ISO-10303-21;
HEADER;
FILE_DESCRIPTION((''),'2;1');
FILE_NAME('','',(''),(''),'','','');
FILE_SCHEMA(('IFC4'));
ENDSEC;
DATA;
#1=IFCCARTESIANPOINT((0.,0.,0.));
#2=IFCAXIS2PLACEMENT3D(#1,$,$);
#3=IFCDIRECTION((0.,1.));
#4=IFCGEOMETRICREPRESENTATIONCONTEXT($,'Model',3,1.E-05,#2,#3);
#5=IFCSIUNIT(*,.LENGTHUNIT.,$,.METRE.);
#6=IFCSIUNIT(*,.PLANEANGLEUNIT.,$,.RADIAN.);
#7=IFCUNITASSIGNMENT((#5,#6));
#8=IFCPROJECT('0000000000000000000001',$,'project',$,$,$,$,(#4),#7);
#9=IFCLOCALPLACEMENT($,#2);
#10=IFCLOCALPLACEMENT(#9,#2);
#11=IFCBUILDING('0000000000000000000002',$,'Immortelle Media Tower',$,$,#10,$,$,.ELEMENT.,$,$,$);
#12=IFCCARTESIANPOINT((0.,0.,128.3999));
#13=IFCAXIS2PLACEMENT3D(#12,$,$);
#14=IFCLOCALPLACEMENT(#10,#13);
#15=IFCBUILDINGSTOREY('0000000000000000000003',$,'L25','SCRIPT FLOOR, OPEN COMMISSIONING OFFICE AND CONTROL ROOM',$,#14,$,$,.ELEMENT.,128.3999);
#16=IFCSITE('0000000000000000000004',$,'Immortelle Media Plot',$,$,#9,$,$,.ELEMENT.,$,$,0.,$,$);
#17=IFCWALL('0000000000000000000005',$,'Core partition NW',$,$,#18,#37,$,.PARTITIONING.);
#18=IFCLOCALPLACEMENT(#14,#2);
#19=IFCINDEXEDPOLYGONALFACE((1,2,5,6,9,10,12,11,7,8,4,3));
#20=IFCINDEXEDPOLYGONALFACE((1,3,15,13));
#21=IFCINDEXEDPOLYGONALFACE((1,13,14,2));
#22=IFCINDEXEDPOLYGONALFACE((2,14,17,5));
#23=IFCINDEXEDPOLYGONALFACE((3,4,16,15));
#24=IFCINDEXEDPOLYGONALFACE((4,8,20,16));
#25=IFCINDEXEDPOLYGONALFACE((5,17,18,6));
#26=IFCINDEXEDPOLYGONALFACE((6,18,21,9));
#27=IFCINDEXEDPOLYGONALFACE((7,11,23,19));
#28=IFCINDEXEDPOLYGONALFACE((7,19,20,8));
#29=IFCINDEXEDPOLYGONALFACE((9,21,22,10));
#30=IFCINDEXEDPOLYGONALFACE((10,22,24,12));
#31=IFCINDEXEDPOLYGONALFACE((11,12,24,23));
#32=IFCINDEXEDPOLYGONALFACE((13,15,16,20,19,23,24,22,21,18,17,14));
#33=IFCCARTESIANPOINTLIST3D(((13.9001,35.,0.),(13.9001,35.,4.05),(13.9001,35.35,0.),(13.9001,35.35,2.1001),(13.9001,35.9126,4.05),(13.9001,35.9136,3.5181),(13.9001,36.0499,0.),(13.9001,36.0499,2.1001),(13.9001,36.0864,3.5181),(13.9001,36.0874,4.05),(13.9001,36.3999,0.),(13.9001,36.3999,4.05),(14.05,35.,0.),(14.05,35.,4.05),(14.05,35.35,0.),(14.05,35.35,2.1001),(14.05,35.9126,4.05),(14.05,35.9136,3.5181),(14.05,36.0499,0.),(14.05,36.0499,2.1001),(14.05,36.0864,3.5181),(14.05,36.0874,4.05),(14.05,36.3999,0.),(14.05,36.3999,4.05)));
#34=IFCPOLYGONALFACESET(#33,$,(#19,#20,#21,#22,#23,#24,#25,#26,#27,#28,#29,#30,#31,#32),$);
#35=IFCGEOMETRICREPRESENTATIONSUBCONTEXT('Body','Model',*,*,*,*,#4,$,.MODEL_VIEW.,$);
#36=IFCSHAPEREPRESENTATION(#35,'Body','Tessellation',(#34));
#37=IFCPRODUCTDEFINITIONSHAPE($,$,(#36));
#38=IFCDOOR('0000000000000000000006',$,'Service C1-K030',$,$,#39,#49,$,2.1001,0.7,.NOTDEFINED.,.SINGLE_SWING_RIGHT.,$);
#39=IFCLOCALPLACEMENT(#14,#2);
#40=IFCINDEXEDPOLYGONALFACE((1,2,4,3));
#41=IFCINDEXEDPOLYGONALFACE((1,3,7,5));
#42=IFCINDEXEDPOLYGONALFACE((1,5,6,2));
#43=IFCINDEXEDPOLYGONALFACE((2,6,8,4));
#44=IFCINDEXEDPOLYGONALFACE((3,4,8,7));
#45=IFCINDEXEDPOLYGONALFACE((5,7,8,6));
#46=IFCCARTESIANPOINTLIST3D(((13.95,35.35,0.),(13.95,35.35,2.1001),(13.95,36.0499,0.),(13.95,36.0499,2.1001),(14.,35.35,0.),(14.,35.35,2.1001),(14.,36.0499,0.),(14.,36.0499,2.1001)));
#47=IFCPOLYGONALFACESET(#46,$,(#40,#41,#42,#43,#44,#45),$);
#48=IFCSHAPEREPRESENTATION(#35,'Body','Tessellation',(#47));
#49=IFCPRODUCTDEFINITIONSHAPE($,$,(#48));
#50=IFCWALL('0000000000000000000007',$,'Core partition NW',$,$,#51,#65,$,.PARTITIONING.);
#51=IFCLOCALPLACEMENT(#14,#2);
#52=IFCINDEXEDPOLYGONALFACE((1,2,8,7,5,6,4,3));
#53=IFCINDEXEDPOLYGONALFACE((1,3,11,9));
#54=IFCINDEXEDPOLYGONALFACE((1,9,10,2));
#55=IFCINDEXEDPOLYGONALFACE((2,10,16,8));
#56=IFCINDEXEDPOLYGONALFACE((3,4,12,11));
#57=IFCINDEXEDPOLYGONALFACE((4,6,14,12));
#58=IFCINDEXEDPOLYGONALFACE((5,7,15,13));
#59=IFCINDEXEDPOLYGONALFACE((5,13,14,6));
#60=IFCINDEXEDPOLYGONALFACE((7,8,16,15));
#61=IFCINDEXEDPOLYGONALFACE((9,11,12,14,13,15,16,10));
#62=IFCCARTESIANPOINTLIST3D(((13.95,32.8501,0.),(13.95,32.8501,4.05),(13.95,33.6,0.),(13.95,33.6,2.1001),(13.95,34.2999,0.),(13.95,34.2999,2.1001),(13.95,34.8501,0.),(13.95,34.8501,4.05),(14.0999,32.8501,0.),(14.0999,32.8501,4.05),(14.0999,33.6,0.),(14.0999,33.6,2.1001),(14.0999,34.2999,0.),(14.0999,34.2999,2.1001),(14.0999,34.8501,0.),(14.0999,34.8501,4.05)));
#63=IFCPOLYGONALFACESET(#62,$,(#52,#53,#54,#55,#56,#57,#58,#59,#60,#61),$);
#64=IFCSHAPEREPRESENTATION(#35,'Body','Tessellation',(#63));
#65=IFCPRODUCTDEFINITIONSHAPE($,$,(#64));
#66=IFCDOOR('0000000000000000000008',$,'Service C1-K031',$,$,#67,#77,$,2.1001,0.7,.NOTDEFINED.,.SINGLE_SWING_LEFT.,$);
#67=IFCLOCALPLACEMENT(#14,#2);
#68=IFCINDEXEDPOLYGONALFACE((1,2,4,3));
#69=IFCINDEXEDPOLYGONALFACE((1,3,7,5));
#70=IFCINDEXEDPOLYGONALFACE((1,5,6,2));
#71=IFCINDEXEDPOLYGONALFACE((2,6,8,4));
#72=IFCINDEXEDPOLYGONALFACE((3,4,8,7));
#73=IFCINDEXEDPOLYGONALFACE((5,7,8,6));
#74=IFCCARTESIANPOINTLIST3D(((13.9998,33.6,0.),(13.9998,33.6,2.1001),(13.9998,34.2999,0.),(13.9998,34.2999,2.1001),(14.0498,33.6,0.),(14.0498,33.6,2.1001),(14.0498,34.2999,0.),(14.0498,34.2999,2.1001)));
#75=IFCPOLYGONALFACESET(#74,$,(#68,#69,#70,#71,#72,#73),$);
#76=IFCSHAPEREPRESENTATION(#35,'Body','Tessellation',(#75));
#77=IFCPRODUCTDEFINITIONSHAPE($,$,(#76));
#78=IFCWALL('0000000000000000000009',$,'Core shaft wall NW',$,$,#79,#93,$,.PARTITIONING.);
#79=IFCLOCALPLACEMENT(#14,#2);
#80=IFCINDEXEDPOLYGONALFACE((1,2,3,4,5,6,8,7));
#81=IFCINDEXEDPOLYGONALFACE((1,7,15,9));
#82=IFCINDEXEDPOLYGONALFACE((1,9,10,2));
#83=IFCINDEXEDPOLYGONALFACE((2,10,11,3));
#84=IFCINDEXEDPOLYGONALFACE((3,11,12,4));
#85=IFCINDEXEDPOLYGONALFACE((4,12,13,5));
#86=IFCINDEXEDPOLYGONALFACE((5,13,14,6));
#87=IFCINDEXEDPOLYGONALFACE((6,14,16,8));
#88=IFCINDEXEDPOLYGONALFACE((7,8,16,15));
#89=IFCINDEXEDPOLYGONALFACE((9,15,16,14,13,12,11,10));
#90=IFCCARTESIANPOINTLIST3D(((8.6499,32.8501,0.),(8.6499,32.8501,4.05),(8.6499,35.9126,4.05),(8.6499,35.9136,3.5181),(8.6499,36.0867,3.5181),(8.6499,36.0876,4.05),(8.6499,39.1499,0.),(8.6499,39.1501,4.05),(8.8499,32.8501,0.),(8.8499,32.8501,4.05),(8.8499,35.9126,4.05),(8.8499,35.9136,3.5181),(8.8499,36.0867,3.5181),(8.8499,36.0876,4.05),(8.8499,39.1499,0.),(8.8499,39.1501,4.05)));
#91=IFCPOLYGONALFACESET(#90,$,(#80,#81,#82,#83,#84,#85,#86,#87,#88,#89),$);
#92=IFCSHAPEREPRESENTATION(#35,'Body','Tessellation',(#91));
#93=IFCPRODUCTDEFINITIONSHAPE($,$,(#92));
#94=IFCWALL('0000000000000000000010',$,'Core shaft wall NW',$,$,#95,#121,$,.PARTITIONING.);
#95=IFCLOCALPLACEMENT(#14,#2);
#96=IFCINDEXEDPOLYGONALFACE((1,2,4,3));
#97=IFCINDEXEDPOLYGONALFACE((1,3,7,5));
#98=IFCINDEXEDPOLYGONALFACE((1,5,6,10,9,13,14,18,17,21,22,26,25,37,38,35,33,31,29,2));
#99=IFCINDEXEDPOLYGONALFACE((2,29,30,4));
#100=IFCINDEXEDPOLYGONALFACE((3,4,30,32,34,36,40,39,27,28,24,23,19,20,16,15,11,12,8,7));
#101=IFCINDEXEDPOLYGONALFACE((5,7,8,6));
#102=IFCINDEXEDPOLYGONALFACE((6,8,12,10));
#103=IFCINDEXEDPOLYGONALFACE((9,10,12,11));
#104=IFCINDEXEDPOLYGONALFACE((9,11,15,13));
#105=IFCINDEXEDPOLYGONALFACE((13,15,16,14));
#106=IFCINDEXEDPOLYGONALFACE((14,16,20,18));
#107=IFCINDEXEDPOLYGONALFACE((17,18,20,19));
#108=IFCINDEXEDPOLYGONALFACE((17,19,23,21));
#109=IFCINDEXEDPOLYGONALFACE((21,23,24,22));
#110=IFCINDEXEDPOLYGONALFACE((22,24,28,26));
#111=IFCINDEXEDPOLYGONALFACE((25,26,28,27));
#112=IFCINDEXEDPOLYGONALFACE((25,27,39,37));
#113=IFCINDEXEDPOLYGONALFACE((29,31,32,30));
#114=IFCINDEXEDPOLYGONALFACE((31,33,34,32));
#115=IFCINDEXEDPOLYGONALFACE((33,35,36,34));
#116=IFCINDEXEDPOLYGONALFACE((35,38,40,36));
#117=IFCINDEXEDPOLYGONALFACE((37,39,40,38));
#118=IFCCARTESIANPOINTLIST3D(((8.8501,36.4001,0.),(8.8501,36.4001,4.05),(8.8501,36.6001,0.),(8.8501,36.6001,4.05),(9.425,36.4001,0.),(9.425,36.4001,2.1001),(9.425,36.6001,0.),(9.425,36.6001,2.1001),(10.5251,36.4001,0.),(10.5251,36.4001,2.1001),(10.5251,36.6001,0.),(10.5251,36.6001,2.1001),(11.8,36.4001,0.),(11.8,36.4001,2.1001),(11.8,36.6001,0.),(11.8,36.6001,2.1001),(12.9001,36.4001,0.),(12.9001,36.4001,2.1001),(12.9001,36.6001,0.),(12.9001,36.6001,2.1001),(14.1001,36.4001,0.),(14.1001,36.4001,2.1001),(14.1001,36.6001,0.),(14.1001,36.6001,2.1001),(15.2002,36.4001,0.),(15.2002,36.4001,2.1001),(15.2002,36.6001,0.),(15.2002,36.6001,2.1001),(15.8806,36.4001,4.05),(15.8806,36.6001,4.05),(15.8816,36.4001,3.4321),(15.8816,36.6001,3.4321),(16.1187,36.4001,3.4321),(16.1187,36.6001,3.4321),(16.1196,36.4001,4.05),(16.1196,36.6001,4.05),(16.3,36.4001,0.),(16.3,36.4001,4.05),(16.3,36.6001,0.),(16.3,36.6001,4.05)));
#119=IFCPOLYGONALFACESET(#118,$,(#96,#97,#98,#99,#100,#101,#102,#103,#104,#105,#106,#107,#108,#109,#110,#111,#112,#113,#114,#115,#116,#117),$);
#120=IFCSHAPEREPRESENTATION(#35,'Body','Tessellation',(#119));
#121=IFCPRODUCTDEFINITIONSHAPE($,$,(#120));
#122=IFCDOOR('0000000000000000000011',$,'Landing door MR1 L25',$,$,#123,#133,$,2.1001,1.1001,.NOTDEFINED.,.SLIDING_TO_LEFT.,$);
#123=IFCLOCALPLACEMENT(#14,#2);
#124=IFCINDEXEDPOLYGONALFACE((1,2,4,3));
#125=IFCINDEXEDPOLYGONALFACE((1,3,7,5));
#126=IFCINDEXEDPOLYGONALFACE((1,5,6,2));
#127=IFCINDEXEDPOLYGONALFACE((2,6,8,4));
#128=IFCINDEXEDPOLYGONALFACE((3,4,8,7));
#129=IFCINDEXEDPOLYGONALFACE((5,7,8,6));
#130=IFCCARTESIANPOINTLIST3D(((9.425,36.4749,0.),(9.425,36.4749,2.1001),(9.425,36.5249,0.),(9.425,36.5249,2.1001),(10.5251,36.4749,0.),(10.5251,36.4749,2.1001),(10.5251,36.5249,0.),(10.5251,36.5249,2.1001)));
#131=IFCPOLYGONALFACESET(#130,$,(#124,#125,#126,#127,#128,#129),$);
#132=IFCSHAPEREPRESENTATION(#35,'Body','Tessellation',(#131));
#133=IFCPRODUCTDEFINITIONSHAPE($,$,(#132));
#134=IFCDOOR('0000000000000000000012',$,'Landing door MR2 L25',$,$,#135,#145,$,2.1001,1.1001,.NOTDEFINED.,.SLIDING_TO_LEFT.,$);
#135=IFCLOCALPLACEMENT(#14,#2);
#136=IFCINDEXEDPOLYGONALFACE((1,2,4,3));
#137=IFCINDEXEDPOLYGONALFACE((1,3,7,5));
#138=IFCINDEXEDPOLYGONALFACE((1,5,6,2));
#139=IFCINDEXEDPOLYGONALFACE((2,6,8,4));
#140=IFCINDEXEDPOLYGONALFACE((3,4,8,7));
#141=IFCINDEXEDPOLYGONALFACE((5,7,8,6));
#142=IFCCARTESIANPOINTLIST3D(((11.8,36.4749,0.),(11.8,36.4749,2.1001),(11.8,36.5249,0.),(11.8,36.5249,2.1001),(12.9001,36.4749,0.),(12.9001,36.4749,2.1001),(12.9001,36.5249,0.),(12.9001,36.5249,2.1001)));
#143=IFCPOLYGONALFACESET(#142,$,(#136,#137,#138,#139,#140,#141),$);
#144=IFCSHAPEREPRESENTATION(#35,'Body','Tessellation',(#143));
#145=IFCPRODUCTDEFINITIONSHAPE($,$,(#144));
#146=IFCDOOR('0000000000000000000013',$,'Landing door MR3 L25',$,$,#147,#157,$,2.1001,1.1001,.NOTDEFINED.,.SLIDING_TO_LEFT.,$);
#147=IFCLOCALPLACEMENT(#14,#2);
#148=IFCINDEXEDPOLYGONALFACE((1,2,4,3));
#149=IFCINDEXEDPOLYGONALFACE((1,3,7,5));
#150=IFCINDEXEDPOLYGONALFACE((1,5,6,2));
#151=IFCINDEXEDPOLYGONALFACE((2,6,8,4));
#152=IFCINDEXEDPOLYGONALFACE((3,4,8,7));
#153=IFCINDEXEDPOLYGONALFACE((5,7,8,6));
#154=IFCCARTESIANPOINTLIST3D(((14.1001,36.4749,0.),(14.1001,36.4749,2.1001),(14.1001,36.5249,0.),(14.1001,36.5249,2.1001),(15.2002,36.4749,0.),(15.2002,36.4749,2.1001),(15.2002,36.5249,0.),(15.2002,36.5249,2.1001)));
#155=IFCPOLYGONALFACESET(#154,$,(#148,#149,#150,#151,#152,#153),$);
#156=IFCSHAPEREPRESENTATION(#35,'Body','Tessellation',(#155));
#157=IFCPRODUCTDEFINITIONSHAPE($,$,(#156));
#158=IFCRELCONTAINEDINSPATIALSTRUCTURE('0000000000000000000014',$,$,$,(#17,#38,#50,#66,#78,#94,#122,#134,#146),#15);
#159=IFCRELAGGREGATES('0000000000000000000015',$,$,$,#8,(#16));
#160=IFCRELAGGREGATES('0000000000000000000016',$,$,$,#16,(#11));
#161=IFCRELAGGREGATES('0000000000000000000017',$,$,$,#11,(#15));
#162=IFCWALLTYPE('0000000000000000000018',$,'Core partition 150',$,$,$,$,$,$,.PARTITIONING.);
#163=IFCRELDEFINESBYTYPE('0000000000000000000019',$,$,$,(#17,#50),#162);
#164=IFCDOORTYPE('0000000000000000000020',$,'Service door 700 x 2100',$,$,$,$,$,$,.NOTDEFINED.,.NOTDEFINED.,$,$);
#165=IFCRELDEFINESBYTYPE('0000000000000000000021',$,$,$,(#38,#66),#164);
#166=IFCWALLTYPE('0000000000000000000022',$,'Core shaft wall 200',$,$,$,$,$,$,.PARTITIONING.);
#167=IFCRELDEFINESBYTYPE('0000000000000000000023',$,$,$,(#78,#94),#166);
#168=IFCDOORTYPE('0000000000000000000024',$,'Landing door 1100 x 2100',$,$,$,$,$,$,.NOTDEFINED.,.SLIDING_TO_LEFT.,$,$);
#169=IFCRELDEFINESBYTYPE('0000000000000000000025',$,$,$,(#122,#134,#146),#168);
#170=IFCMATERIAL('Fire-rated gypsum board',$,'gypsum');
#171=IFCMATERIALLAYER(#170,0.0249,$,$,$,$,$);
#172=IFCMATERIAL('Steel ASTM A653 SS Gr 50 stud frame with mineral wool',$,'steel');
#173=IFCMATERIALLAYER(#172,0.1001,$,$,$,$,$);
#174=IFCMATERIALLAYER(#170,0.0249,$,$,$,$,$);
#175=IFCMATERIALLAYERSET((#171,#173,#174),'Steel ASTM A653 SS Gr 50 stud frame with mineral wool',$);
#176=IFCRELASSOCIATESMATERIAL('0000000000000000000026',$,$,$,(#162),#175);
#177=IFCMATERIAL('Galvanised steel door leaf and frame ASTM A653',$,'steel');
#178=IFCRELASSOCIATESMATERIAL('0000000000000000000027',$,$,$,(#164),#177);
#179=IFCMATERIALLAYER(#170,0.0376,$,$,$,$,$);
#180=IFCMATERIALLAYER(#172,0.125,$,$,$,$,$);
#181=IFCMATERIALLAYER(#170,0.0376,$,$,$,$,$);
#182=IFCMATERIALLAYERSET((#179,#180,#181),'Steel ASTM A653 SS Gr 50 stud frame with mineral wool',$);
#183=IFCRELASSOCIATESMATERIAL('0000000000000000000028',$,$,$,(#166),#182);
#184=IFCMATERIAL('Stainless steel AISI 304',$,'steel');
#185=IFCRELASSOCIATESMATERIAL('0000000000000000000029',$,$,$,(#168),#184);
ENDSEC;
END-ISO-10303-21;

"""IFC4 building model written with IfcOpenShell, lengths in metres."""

from ifc_helpers import new_model, si_unit, direction, frame, frame_2d, origin, place, context, subcontext, project, spatial, polyline, rectangle, outline, extrude, material, layer, layer_set, type_object, element, fill, save


model = new_model("IFC4")

# Units and contexts
model_context = context("Model", 3, precision=1e-05, world=origin(), true_north=direction((0.0, 1.0)))
body_context = subcontext(model_context, "Body", "Model", "MODEL_VIEW")
ifc_project = project(units=[si_unit("LENGTHUNIT", "METRE"), si_unit("PLANEANGLEUNIT", "RADIAN")], contexts=[model_context])

# Site, building, storey
site_placement = place(None, origin())
site = spatial("IfcSite", under=ifc_project, at=site_placement, Name="Immortelle Media Plot", CompositionType="ELEMENT", RefElevation=0.0)
building_placement = place(site_placement, origin())
building = spatial("IfcBuilding", under=site, at=building_placement, Name="Immortelle Media Tower", CompositionType="ELEMENT")
storey_placement = place(building_placement, frame((0.0, 0.0, 128.3999)))
storey = spatial("IfcBuildingStorey", under=building, at=storey_placement, Name="L25", Description="SCRIPT FLOOR, OPEN COMMISSIONING OFFICE AND CONTROL ROOM", CompositionType="ELEMENT", Elevation=128.3999)

# Shared definitions
ifc_material_1 = material(Name="Fire-rated gypsum board", Category="gypsum")
ifc_material_2 = material(Name="Steel ASTM A653 SS Gr 50 stud frame with mineral wool", Category="steel")
ifc_layer_1 = layer(ifc_material_1, 0.0249)
ifc_layer_2 = layer(ifc_material_2, 0.1001)
ifc_layer_3 = layer(ifc_material_1, 0.0249)
ifc_layer_set_1 = layer_set([ifc_layer_1, ifc_layer_2, ifc_layer_3], Name="Steel ASTM A653 SS Gr 50 stud frame with mineral wool")
wall_type_1 = type_object("IfcWallType", Name="Core partition 150", PredefinedType="PARTITIONING", material=ifc_layer_set_1)

# Shared definitions
ifc_material_3 = material(Name="Galvanised steel door leaf and frame ASTM A653", Category="steel")
door_type_1 = type_object("IfcDoorType", Name="Service door 700 x 2100", OperationType="NOTDEFINED", PredefinedType="NOTDEFINED", material=ifc_material_3)

# Walls, openings, doors
wall_1_placement = place(storey_placement, frame((13.9751, 35.0, 0.0), z_axis=(0.0, 0.0, 1.0), x_axis=(0.0, 1.0, 0.0)))
wall_1 = element("IfcWall", 1, at=wall_1_placement, inside=storey, type_object=wall_type_1, Name="Core partition NW", PredefinedType="PARTITIONING", context=body_context, shape_type="SweptSolid", body=[
    extrude(outline(polyline([(0.0, 0.0), (1.3999, 0.0), (1.3999, 4.05), (1.0874, 4.05), (1.0864, 3.5181), (0.9136, 3.5181), (0.9126, 4.05), (0.0, 4.05), (0.0, 0.0)])), frame((0.0, 0.075, 0.0), z_axis=(0.0, -1.0, 0.0), x_axis=(1.0, 0.0, 0.0)), (0.0, 0.0, 1.0), 0.1499),
])
opening_1_placement = place(wall_1_placement, frame((1.05, 0.0, 0.0), z_axis=(0.0, 0.0, 1.0), x_axis=(-1.0, 0.0, 0.0)))
opening_1 = element("IfcOpeningElement", 2, at=opening_1_placement, cuts=wall_1, PredefinedType="OPENING", context=body_context, shape_type="SweptSolid", body=[
    extrude(rectangle(XDim=0.7, YDim=2.1001, at=frame_2d((0.3501, 1.05))), frame((0.0, 0.085, 0.0), z_axis=(0.0, -1.0, 0.0), x_axis=(1.0, 0.0, 0.0)), (0.0, 0.0, 1.0), 0.1699),
])
door_1_placement = place(opening_1_placement, origin())
door_1 = element("IfcDoor", 3, at=door_1_placement, inside=storey, type_object=door_type_1, Name="Service C1-K030", OperationType="SINGLE_SWING_RIGHT", OverallHeight=2.1001, OverallWidth=0.7, PredefinedType="NOTDEFINED", context=body_context, shape_type="SweptSolid", body=[
    extrude(rectangle(XDim=0.7, YDim=2.1001, at=frame_2d((0.3501, 1.05))), frame((0.0, 0.0249, 0.0), z_axis=(0.0, -1.0, 0.0), x_axis=(1.0, 0.0, 0.0)), (0.0, 0.0, 1.0), 0.05),
])
fill(opening_1, door_1)
wall_2_placement = place(storey_placement, frame((14.0249, 32.8501, 0.0), z_axis=(0.0, 0.0, 1.0), x_axis=(0.0, 1.0, 0.0)))
wall_2 = element("IfcWall", 4, at=wall_2_placement, inside=storey, type_object=wall_type_1, Name="Core partition NW", PredefinedType="PARTITIONING", context=body_context, shape_type="SweptSolid", body=[
    extrude(rectangle(XDim=2.0, YDim=0.1499, at=frame_2d((1.0, 0.0))), origin(), (0.0, 0.0, 1.0), 4.05),
])
opening_2_placement = place(wall_2_placement, frame((1.45, 0.0, 0.0), z_axis=(0.0, 0.0, 1.0), x_axis=(-1.0, 0.0, 0.0)))
opening_2 = element("IfcOpeningElement", 5, at=opening_2_placement, cuts=wall_2, PredefinedType="OPENING", context=body_context, shape_type="SweptSolid", body=[
    extrude(rectangle(XDim=0.7, YDim=2.1001, at=frame_2d((0.3501, 1.05))), frame((0.0, 0.085, 0.0), z_axis=(0.0, -1.0, 0.0), x_axis=(1.0, 0.0, 0.0)), (0.0, 0.0, 1.0), 0.1699),
])
door_2_placement = place(opening_2_placement, origin())
door_2 = element("IfcDoor", 6, at=door_2_placement, inside=storey, type_object=door_type_1, Name="Service C1-K031", OperationType="SINGLE_SWING_LEFT", OverallHeight=2.1001, OverallWidth=0.7, PredefinedType="NOTDEFINED", context=body_context, shape_type="SweptSolid", body=[
    extrude(rectangle(XDim=0.7, YDim=2.1001, at=frame_2d((0.3501, 1.05))), frame((0.0, 0.0249, 0.0), z_axis=(0.0, -1.0, 0.0), x_axis=(1.0, 0.0, 0.0)), (0.0, 0.0, 1.0), 0.05),
])
fill(opening_2, door_2)

# Wall
ifc_layer_4 = layer(ifc_material_1, 0.0376)
ifc_layer_5 = layer(ifc_material_2, 0.125)
ifc_layer_6 = layer(ifc_material_1, 0.0376)
ifc_layer_set_2 = layer_set([ifc_layer_4, ifc_layer_5, ifc_layer_6], Name="Steel ASTM A653 SS Gr 50 stud frame with mineral wool")
wall_type_2 = type_object("IfcWallType", Name="Core shaft wall 200", PredefinedType="PARTITIONING", material=ifc_layer_set_2)
wall_3_placement = place(storey_placement, frame((8.75, 32.8501, 0.0), z_axis=(0.0, 0.0, 1.0), x_axis=(0.0, 1.0, 0.0)))
element("IfcWall", 7, at=wall_3_placement, inside=storey, type_object=wall_type_2, Name="Core shaft wall NW", PredefinedType="PARTITIONING", context=body_context, shape_type="SweptSolid", body=[
    extrude(outline(polyline([(0.0, 0.0), (6.2998, 0.0), (6.3, 4.05), (3.2375, 4.05), (3.2366, 3.5181), (3.0635, 3.5181), (3.0625, 4.05), (0.0, 4.05), (0.0, 0.0)])), frame((0.0, 0.1001, 0.0), z_axis=(0.0, -1.0, 0.0), x_axis=(1.0, 0.0, 0.0)), (0.0, 0.0, 1.0), 0.2),
])

# Wall, openings, doors
wall_4_placement = place(storey_placement, frame((8.8501, 36.5, 0.0), z_axis=(0.0, 0.0, 1.0), x_axis=(1.0, 0.0, 0.0)))
wall_4 = element("IfcWall", 8, at=wall_4_placement, inside=storey, type_object=wall_type_2, Name="Core shaft wall NW", PredefinedType="PARTITIONING", context=body_context, shape_type="SweptSolid", body=[
    extrude(outline(polyline([(0.0, 0.0), (7.45, 0.0), (7.45, 4.05), (7.2695, 4.05), (7.2686, 3.4321), (7.0315, 3.4321), (7.0305, 4.05), (0.0, 4.05), (0.0, 0.0)])), frame((0.0, 0.1001, 0.0), z_axis=(0.0, -1.0, 0.0), x_axis=(1.0, 0.0, 0.0)), (0.0, 0.0, 1.0), 0.2),
])
opening_3_placement = place(wall_4_placement, frame((0.575, 0.0, 0.0)))
opening_3 = element("IfcOpeningElement", 9, at=opening_3_placement, cuts=wall_4, PredefinedType="OPENING", context=body_context, shape_type="SweptSolid", body=[
    extrude(rectangle(XDim=1.1001, YDim=2.1001, at=frame_2d((0.55, 1.05))), frame((0.0, 0.1099, 0.0), z_axis=(0.0, -1.0, 0.0), x_axis=(1.0, 0.0, 0.0)), (0.0, 0.0, 1.0), 0.22),
])
opening_4_placement = place(wall_4_placement, frame((2.95, 0.0, 0.0)))
opening_4 = element("IfcOpeningElement", 10, at=opening_4_placement, cuts=wall_4, PredefinedType="OPENING", context=body_context, shape_type="SweptSolid", body=[
    extrude(rectangle(XDim=1.1001, YDim=2.1001, at=frame_2d((0.55, 1.05))), frame((0.0, 0.1099, 0.0), z_axis=(0.0, -1.0, 0.0), x_axis=(1.0, 0.0, 0.0)), (0.0, 0.0, 1.0), 0.22),
])
opening_5_placement = place(wall_4_placement, frame((5.25, 0.0, 0.0)))
opening_5 = element("IfcOpeningElement", 11, at=opening_5_placement, cuts=wall_4, PredefinedType="OPENING", context=body_context, shape_type="SweptSolid", body=[
    extrude(rectangle(XDim=1.1001, YDim=2.1001, at=frame_2d((0.55, 1.05))), frame((0.0, 0.1099, 0.0), z_axis=(0.0, -1.0, 0.0), x_axis=(1.0, 0.0, 0.0)), (0.0, 0.0, 1.0), 0.22),
])
ifc_material_4 = material(Name="Stainless steel AISI 304", Category="steel")
door_type_2 = type_object("IfcDoorType", Name="Landing door 1100 x 2100", OperationType="SLIDING_TO_LEFT", PredefinedType="NOTDEFINED", material=ifc_material_4)
door_3_placement = place(opening_3_placement, origin())
door_3 = element("IfcDoor", 12, at=door_3_placement, inside=storey, type_object=door_type_2, Name="Landing door MR1 L25", OperationType="SLIDING_TO_LEFT", OverallHeight=2.1001, OverallWidth=1.1001, PredefinedType="NOTDEFINED", context=body_context, shape_type="SweptSolid", body=[
    extrude(rectangle(XDim=1.1001, YDim=2.1001, at=frame_2d((0.55, 1.05))), frame((0.0, 0.0249, 0.0), z_axis=(0.0, -1.0, 0.0), x_axis=(1.0, 0.0, 0.0)), (0.0, 0.0, 1.0), 0.05),
])
fill(opening_3, door_3)
door_4_placement = place(opening_4_placement, origin())
door_4 = element("IfcDoor", 13, at=door_4_placement, inside=storey, type_object=door_type_2, Name="Landing door MR2 L25", OperationType="SLIDING_TO_LEFT", OverallHeight=2.1001, OverallWidth=1.1001, PredefinedType="NOTDEFINED", context=body_context, shape_type="SweptSolid", body=[
    extrude(rectangle(XDim=1.1001, YDim=2.1001, at=frame_2d((0.55, 1.05))), frame((0.0, 0.0249, 0.0), z_axis=(0.0, -1.0, 0.0), x_axis=(1.0, 0.0, 0.0)), (0.0, 0.0, 1.0), 0.05),
])
fill(opening_4, door_4)
door_5_placement = place(opening_5_placement, origin())
door_5 = element("IfcDoor", 14, at=door_5_placement, inside=storey, type_object=door_type_2, Name="Landing door MR3 L25", OperationType="SLIDING_TO_LEFT", OverallHeight=2.1001, OverallWidth=1.1001, PredefinedType="NOTDEFINED", context=body_context, shape_type="SweptSolid", body=[
    extrude(rectangle(XDim=1.1001, YDim=2.1001, at=frame_2d((0.55, 1.05))), frame((0.0, 0.0249, 0.0), z_axis=(0.0, -1.0, 0.0), x_axis=(1.0, 0.0, 0.0)), (0.0, 0.0, 1.0), 0.05),
])
fill(opening_5, door_5)

save(model, "model.ifc")
